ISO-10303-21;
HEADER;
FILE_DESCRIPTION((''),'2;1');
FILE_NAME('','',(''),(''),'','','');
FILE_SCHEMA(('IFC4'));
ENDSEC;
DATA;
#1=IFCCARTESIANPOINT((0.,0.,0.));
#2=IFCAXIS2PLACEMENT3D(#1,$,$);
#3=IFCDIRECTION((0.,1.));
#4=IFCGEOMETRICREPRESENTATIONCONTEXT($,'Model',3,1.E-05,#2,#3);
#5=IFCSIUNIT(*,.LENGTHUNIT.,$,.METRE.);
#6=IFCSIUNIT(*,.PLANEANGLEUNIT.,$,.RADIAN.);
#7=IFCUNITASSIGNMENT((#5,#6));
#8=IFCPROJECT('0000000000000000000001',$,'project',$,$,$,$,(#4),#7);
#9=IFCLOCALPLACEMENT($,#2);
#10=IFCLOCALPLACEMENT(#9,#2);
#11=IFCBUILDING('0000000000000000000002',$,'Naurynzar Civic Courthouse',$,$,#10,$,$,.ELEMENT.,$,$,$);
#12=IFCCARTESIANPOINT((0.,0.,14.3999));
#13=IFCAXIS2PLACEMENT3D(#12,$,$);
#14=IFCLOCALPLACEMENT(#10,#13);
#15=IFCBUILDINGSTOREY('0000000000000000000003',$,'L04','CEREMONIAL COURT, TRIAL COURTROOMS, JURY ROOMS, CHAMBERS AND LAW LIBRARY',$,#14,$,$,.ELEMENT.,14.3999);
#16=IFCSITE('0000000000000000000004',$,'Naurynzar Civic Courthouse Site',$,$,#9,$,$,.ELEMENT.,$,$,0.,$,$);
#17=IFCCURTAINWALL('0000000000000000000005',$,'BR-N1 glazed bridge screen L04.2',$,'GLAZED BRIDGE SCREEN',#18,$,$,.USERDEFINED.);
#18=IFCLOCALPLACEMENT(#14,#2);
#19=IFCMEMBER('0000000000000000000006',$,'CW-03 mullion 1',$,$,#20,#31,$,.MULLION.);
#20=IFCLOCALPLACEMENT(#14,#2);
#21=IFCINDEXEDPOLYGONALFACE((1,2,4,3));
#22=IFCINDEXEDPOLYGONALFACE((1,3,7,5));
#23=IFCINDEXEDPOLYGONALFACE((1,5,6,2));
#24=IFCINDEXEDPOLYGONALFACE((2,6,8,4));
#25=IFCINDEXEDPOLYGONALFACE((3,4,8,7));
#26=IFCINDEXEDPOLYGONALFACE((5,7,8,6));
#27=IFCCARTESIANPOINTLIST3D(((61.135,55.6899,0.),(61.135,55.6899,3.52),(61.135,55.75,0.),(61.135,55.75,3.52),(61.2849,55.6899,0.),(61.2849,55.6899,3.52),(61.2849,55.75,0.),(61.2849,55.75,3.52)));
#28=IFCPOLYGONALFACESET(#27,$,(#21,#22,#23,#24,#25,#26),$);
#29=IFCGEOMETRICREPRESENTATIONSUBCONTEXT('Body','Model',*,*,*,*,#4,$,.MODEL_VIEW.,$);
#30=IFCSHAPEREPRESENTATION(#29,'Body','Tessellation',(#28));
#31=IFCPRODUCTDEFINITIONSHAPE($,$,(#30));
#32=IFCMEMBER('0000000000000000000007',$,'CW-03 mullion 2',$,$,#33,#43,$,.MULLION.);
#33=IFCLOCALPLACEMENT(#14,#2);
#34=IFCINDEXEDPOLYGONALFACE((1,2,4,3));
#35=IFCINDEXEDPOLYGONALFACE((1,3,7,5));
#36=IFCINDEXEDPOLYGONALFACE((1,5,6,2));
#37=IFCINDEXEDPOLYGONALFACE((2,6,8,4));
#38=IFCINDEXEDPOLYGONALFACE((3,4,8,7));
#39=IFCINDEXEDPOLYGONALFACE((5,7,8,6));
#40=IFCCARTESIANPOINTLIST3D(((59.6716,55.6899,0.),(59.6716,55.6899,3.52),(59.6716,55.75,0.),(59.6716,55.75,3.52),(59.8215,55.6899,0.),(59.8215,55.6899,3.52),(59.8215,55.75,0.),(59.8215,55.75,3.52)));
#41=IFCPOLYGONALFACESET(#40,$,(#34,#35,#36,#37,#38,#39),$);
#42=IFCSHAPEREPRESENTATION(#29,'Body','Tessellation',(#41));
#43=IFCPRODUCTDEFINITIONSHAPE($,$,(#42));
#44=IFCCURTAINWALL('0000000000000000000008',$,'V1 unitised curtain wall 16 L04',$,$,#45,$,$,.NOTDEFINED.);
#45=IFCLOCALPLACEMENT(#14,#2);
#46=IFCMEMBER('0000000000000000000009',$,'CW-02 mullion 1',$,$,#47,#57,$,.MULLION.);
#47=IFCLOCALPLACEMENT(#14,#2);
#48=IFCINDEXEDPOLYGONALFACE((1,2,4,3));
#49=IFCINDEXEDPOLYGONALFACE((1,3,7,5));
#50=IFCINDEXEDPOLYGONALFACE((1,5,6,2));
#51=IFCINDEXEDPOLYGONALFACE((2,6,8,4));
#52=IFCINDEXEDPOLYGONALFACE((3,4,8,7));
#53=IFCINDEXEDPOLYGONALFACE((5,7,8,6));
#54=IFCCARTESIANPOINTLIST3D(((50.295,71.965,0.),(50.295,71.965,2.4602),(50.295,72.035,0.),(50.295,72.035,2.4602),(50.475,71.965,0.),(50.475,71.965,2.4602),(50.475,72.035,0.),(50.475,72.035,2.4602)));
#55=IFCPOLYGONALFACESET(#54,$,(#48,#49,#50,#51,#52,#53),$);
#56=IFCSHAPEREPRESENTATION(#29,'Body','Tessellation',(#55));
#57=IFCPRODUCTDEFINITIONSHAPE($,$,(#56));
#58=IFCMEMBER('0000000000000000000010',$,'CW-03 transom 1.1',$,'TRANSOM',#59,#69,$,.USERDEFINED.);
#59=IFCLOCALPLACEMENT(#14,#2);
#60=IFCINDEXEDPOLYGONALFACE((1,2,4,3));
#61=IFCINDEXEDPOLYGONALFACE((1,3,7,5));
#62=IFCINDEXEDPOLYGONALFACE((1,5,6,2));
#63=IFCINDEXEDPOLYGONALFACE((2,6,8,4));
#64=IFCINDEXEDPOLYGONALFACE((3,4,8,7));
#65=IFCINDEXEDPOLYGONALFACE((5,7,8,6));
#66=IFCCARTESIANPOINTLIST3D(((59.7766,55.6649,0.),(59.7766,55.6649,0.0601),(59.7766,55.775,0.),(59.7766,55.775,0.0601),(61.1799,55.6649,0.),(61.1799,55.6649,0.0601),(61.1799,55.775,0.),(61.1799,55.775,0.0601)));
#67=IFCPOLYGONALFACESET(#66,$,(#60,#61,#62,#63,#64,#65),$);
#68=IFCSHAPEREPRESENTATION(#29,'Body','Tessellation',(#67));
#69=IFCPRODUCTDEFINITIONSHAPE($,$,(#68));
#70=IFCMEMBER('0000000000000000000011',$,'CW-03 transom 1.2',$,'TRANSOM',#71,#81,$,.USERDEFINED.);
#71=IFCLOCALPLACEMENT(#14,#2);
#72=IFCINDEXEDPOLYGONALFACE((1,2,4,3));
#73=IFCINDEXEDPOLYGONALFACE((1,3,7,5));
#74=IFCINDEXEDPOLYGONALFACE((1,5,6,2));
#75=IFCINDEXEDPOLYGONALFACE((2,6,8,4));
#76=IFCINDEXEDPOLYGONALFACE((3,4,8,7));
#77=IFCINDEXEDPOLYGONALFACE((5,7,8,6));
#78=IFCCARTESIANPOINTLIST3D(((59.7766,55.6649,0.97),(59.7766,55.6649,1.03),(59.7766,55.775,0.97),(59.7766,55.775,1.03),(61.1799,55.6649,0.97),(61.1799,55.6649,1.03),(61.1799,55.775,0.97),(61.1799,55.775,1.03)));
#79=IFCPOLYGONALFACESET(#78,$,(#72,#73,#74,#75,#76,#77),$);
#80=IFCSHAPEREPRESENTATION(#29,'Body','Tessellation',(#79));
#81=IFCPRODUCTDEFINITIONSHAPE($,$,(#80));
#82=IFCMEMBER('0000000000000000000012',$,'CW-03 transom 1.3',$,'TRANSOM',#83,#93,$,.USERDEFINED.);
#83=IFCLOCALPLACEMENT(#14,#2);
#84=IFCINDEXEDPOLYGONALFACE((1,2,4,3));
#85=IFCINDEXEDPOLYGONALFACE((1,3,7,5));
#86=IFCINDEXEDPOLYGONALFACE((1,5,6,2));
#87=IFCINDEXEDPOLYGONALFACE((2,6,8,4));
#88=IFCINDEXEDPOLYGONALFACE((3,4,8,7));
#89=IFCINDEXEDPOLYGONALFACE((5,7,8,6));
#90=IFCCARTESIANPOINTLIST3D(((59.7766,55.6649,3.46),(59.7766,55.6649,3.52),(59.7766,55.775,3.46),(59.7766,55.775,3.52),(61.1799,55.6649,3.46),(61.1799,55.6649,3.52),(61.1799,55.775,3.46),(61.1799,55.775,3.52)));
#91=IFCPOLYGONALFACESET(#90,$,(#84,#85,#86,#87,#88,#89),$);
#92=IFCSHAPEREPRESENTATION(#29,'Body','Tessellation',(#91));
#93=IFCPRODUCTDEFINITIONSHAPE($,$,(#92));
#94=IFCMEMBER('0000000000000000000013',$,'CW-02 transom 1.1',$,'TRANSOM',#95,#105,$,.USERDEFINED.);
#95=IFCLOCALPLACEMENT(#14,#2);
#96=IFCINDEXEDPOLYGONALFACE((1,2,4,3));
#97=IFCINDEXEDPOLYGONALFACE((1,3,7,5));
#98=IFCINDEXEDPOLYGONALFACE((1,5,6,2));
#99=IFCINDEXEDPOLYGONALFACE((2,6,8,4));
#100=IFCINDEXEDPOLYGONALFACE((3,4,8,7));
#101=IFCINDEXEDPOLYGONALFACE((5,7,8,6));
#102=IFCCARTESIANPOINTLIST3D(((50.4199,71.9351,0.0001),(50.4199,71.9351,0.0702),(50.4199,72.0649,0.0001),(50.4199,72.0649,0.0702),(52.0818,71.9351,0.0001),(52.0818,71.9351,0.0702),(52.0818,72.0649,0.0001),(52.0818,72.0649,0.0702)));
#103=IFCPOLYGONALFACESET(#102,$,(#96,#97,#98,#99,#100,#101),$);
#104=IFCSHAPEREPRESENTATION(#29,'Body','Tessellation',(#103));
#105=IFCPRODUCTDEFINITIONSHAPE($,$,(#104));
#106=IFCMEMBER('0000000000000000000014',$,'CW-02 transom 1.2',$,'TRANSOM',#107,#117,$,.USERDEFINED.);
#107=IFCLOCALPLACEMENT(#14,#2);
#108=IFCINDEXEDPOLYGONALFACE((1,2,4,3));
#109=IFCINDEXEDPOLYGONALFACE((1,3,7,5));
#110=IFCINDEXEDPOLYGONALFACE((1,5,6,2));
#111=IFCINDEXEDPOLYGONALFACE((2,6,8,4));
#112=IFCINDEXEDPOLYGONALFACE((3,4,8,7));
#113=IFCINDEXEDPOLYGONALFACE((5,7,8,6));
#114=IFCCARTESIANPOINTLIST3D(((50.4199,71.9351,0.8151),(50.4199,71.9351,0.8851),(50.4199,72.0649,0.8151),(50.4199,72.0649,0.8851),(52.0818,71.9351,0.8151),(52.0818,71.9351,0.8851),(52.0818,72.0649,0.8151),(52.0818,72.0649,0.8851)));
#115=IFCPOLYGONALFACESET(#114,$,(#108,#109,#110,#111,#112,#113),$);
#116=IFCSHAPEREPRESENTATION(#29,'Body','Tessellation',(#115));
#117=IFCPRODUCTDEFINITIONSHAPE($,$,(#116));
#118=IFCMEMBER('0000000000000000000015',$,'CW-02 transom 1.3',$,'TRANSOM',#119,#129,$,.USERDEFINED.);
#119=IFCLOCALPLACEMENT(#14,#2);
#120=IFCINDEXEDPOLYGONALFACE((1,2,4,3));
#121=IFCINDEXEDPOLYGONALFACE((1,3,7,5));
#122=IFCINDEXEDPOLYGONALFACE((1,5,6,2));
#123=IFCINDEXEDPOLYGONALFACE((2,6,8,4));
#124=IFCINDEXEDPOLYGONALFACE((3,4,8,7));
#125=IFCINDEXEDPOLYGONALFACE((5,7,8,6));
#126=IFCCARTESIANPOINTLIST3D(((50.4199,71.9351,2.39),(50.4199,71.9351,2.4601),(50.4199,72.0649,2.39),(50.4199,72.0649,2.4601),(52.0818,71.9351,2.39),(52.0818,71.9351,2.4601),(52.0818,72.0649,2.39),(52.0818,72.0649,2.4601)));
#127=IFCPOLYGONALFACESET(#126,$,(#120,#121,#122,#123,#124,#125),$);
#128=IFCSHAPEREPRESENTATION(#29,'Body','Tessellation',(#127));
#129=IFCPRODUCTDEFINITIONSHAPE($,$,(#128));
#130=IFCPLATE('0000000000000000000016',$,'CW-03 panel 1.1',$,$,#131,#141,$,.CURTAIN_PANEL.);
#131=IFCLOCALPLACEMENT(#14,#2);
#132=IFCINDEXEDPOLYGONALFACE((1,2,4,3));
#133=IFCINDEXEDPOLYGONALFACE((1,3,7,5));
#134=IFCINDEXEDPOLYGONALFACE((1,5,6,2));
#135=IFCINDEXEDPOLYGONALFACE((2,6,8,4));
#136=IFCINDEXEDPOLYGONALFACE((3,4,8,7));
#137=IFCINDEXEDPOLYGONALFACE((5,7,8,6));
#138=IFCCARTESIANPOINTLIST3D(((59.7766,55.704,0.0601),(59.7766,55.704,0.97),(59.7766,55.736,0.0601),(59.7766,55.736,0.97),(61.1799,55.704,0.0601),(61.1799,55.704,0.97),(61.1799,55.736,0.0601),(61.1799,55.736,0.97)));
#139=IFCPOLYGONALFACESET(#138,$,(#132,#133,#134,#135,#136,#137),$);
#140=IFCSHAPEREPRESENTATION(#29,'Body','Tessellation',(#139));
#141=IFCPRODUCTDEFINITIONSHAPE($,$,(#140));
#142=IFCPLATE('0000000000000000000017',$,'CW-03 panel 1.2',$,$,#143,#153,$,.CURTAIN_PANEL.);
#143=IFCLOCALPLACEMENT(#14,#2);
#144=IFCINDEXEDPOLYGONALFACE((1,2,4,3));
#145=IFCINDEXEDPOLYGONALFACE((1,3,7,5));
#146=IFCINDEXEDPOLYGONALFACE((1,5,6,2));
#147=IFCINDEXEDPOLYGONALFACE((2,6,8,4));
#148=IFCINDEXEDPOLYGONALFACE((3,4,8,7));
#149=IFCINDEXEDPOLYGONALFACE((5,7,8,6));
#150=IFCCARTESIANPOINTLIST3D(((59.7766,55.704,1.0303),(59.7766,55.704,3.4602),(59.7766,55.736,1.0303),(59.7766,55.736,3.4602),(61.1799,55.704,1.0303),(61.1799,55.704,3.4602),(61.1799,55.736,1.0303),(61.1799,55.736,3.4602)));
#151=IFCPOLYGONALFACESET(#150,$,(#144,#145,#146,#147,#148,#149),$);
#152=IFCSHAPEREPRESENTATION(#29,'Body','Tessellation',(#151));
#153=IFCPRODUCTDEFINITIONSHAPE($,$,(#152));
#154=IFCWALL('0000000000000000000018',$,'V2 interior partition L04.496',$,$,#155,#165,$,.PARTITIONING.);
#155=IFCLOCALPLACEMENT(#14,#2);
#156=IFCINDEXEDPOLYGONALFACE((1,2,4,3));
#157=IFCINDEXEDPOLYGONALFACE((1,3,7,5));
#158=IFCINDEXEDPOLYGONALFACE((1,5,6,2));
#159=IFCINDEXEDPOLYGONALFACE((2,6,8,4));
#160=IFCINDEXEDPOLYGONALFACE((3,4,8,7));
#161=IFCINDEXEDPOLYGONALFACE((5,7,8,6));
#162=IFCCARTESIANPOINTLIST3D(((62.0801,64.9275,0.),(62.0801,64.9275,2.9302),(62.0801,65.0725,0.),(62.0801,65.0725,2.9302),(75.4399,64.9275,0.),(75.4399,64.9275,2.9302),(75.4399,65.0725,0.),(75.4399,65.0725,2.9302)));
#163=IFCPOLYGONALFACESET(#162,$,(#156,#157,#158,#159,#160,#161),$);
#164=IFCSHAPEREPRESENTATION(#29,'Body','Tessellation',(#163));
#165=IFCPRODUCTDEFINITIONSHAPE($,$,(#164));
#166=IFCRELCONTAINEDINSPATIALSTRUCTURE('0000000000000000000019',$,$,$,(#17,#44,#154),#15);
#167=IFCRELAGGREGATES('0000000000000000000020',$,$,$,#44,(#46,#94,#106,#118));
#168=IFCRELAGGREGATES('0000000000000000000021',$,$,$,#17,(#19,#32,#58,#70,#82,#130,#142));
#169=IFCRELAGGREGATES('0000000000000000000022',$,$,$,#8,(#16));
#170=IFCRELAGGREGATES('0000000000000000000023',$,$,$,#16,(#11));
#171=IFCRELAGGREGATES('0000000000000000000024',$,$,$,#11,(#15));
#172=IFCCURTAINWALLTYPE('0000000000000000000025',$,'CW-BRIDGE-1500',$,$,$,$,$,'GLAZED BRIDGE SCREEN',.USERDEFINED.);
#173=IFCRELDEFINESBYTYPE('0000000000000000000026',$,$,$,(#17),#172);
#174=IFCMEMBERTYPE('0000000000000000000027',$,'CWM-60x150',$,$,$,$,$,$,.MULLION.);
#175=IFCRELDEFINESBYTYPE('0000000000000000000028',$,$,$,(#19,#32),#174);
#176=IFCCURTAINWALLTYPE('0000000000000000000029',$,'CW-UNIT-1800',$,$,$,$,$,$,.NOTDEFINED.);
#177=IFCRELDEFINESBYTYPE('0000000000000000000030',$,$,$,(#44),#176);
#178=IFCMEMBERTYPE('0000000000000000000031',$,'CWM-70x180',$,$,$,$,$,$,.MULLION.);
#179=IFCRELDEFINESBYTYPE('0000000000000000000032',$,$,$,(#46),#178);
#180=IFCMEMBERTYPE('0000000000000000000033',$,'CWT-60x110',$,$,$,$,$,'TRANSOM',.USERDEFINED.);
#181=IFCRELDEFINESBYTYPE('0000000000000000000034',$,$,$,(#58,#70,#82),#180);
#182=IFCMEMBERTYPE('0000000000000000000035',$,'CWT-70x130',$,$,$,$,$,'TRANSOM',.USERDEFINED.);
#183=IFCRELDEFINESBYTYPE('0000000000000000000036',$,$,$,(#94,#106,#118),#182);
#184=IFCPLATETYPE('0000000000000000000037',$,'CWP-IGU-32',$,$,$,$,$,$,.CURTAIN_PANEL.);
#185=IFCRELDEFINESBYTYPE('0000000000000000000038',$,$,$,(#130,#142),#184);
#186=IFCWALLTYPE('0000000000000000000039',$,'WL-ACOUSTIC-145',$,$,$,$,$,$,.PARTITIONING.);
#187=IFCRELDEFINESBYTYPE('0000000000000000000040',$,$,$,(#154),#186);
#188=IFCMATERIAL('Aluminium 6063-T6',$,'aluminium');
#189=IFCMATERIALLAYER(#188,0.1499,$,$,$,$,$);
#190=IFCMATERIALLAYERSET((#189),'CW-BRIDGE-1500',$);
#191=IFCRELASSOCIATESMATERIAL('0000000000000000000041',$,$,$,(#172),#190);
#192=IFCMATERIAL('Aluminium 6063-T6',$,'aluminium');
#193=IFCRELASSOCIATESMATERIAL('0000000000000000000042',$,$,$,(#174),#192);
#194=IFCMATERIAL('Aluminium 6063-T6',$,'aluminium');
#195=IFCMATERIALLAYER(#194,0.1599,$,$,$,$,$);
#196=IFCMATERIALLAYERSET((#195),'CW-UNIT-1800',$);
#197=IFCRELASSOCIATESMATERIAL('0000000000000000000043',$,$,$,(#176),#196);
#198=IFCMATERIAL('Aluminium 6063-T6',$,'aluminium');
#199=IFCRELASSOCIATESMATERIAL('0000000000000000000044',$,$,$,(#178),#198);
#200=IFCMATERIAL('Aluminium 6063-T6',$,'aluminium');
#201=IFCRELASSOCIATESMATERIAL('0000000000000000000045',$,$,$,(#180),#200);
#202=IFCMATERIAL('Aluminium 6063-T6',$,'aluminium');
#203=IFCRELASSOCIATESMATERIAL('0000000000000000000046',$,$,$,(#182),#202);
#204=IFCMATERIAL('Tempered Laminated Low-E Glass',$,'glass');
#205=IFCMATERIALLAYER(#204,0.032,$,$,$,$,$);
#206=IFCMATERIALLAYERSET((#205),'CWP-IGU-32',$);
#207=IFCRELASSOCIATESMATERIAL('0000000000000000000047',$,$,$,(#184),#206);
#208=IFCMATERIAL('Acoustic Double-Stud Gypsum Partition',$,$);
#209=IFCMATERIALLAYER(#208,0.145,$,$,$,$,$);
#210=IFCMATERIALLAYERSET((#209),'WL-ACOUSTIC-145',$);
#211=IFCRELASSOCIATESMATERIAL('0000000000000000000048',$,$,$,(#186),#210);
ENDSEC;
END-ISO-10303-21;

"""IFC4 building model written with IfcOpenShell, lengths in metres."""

from ifc_helpers import new_model, si_unit, direction, frame, frame_2d, origin, origin_2d, place, context, subcontext, project, spatial, rectangle, extrude, material, layer, layer_set, material_profile, profile_set, type_object, element, aggregate, save


model = new_model("IFC4")

# Units and contexts
model_context = context("Model", 3, precision=1e-05, world=origin(), true_north=direction((0.0, 1.0)))
body_context = subcontext(model_context, "Body", "Model", "MODEL_VIEW")
ifc_project = project(units=[si_unit("LENGTHUNIT", "METRE"), si_unit("PLANEANGLEUNIT", "RADIAN")], contexts=[model_context])

# Site, building, storey
site_placement = place(None, origin())
site = spatial("IfcSite", under=ifc_project, at=site_placement, Name="Naurynzar Civic Courthouse Site", CompositionType="ELEMENT", RefElevation=0.0)
building_placement = place(site_placement, origin())
building = spatial("IfcBuilding", under=site, at=building_placement, Name="Naurynzar Civic Courthouse", CompositionType="ELEMENT")
storey_placement = place(building_placement, frame((0.0, 0.0, 14.3999)))
storey = spatial("IfcBuildingStorey", under=building, at=storey_placement, Name="L04", Description="CEREMONIAL COURT, TRIAL COURTROOMS, JURY ROOMS, CHAMBERS AND LAW LIBRARY", CompositionType="ELEMENT", Elevation=14.3999)

# Curtain wall, members
ifc_material_1 = material(Name="Aluminium 6063-T6", Category="aluminium")
ifc_layer_1 = layer(ifc_material_1, 0.1499)
ifc_layer_set_1 = layer_set([ifc_layer_1], Name="CW-BRIDGE-1500")
curtain_wall_type_1 = type_object("IfcCurtainWallType", Name="CW-BRIDGE-1500", ElementType="GLAZED BRIDGE SCREEN", PredefinedType="USERDEFINED", material=ifc_layer_set_1)
curtain_wall_1_placement = place(storey_placement, origin())
curtain_wall_1 = element("IfcCurtainWall", 1, at=curtain_wall_1_placement, inside=storey, type_object=curtain_wall_type_1, Name="BR-N1 glazed bridge screen L04.2", ObjectType="GLAZED BRIDGE SCREEN", PredefinedType="USERDEFINED")
ifc_material_2 = material(Name="Aluminium 6063-T6", Category="aluminium")
ifc_material_profile_1 = material_profile(ifc_material_2, rectangle(XDim=0.0601, YDim=0.1499, at=origin_2d()), Name="ALU MULLION 60x150")
ifc_profile_set_1 = profile_set([ifc_material_profile_1], Name="Aluminium 6063-T6")
member_type_1 = type_object("IfcMemberType", Name="CWM-60x150", PredefinedType="MULLION", material=ifc_profile_set_1)
member_1_placement = place(storey_placement, frame((61.21, 55.72, 0.0), z_axis=(0.0, 0.0, 1.0), x_axis=(0.0, -1.0, 0.0)))
member_1 = element("IfcMember", 2, at=member_1_placement, type_object=member_type_1, Name="CW-03 mullion 1", PredefinedType="MULLION", context=body_context, shape_type="SweptSolid", body=[
    extrude(rectangle(XDim=0.0601, YDim=0.1499, at=origin_2d()), origin(), (0.0, 0.0, 1.0), 3.52),
])
member_2_placement = place(storey_placement, frame((59.7466, 55.72, 0.0), z_axis=(0.0, 0.0, 1.0), x_axis=(0.0, -1.0, 0.0)))
member_2 = element("IfcMember", 3, at=member_2_placement, type_object=member_type_1, Name="CW-03 mullion 2", PredefinedType="MULLION", context=body_context, shape_type="SweptSolid", body=[
    extrude(rectangle(XDim=0.0601, YDim=0.1499, at=origin_2d()), origin(), (0.0, 0.0, 1.0), 3.52),
])

# Curtain wall, member
ifc_material_3 = material(Name="Aluminium 6063-T6", Category="aluminium")
ifc_layer_2 = layer(ifc_material_3, 0.1599)
ifc_layer_set_2 = layer_set([ifc_layer_2], Name="CW-UNIT-1800")
curtain_wall_type_2 = type_object("IfcCurtainWallType", Name="CW-UNIT-1800", PredefinedType="NOTDEFINED", material=ifc_layer_set_2)
curtain_wall_2_placement = place(storey_placement, origin())
curtain_wall_2 = element("IfcCurtainWall", 4, at=curtain_wall_2_placement, inside=storey, type_object=curtain_wall_type_2, Name="V1 unitised curtain wall 16 L04", PredefinedType="NOTDEFINED")
ifc_material_4 = material(Name="Aluminium 6063-T6", Category="aluminium")
ifc_material_profile_2 = material_profile(ifc_material_4, rectangle(XDim=0.0701, YDim=0.1799, at=origin_2d()), Name="ALU MULLION 70x180")
ifc_profile_set_2 = profile_set([ifc_material_profile_2], Name="Aluminium 6063-T6")
member_type_2 = type_object("IfcMemberType", Name="CWM-70x180", PredefinedType="MULLION", material=ifc_profile_set_2)
member_3_placement = place(storey_placement, frame((50.385, 72.0, 0.0), z_axis=(0.0, 0.0, 1.0), x_axis=(0.0, 1.0, 0.0)))
member_3 = element("IfcMember", 5, at=member_3_placement, type_object=member_type_2, Name="CW-02 mullion 1", PredefinedType="MULLION", context=body_context, shape_type="SweptSolid", body=[
    extrude(rectangle(XDim=0.0701, YDim=0.1799, at=origin_2d()), origin(), (0.0, 0.0, 1.0), 2.4602),
])

# Members
ifc_material_5 = material(Name="Aluminium 6063-T6", Category="aluminium")
ifc_material_profile_3 = material_profile(ifc_material_5, rectangle(XDim=0.1101, YDim=0.0601, at=origin_2d()), Name="ALU TRANSOM 60x110")
ifc_profile_set_3 = profile_set([ifc_material_profile_3], Name="Aluminium 6063-T6")
member_type_3 = type_object("IfcMemberType", Name="CWT-60x110", ElementType="TRANSOM", PredefinedType="USERDEFINED", material=ifc_profile_set_3)
member_4_placement = place(storey_placement, frame((61.1799, 55.72, 0.03), z_axis=(-1.0, 0.0, 0.0), x_axis=(0.0, -1.0, 0.0)))
member_4 = element("IfcMember", 6, at=member_4_placement, type_object=member_type_3, Name="CW-03 transom 1.1", ObjectType="TRANSOM", PredefinedType="USERDEFINED", context=body_context, shape_type="SweptSolid", body=[
    extrude(rectangle(XDim=0.1101, YDim=0.0601, at=origin_2d()), origin(), (0.0, 0.0, 1.0), 1.4033),
])
member_5_placement = place(storey_placement, frame((61.1799, 55.72, 1.0), z_axis=(-1.0, 0.0, 0.0), x_axis=(0.0, -1.0, 0.0)))
member_5 = element("IfcMember", 7, at=member_5_placement, type_object=member_type_3, Name="CW-03 transom 1.2", ObjectType="TRANSOM", PredefinedType="USERDEFINED", context=body_context, shape_type="SweptSolid", body=[
    extrude(rectangle(XDim=0.1101, YDim=0.0601, at=origin_2d()), origin(), (0.0, 0.0, 1.0), 1.4033),
])
member_6_placement = place(storey_placement, frame((61.1799, 55.72, 3.49), z_axis=(-1.0, 0.0, 0.0), x_axis=(0.0, -1.0, 0.0)))
member_6 = element("IfcMember", 8, at=member_6_placement, type_object=member_type_3, Name="CW-03 transom 1.3", ObjectType="TRANSOM", PredefinedType="USERDEFINED", context=body_context, shape_type="SweptSolid", body=[
    extrude(rectangle(XDim=0.1101, YDim=0.0601, at=origin_2d()), origin(), (0.0, 0.0, 1.0), 1.4033),
])
ifc_material_6 = material(Name="Aluminium 6063-T6", Category="aluminium")
ifc_material_profile_4 = material_profile(ifc_material_6, rectangle(XDim=0.1299, YDim=0.0701, at=origin_2d()), Name="ALU TRANSOM 70x130")
ifc_profile_set_4 = profile_set([ifc_material_profile_4], Name="Aluminium 6063-T6")
member_type_4 = type_object("IfcMemberType", Name="CWT-70x130", ElementType="TRANSOM", PredefinedType="USERDEFINED", material=ifc_profile_set_4)
member_7_placement = place(storey_placement, frame((50.4199, 72.0, 0.0352), z_axis=(1.0, 0.0, 0.0), x_axis=(0.0, 1.0, 0.0)))
member_7 = element("IfcMember", 9, at=member_7_placement, type_object=member_type_4, Name="CW-02 transom 1.1", ObjectType="TRANSOM", PredefinedType="USERDEFINED", context=body_context, shape_type="SweptSolid", body=[
    extrude(rectangle(XDim=0.1299, YDim=0.0701, at=origin_2d()), origin(), (0.0, 0.0, 1.0), 1.6619),
])
member_8_placement = place(storey_placement, frame((50.4199, 72.0, 0.8501), z_axis=(1.0, 0.0, 0.0), x_axis=(0.0, 1.0, 0.0)))
member_8 = element("IfcMember", 10, at=member_8_placement, type_object=member_type_4, Name="CW-02 transom 1.2", ObjectType="TRANSOM", PredefinedType="USERDEFINED", context=body_context, shape_type="SweptSolid", body=[
    extrude(rectangle(XDim=0.1299, YDim=0.0701, at=origin_2d()), origin(), (0.0, 0.0, 1.0), 1.6619),
])
member_9_placement = place(storey_placement, frame((50.4199, 72.0, 2.425), z_axis=(1.0, 0.0, 0.0), x_axis=(0.0, 1.0, 0.0)))
member_9 = element("IfcMember", 11, at=member_9_placement, type_object=member_type_4, Name="CW-02 transom 1.3", ObjectType="TRANSOM", PredefinedType="USERDEFINED", context=body_context, shape_type="SweptSolid", body=[
    extrude(rectangle(XDim=0.1299, YDim=0.0701, at=origin_2d()), origin(), (0.0, 0.0, 1.0), 1.6619),
])
aggregate(curtain_wall_2, [member_3, member_7, member_8, member_9])

# Plates
ifc_material_7 = material(Name="Tempered Laminated Low-E Glass", Category="glass")
ifc_layer_3 = layer(ifc_material_7, 0.032)
ifc_layer_set_3 = layer_set([ifc_layer_3], Name="CWP-IGU-32")
plate_type = type_object("IfcPlateType", Name="CWP-IGU-32", PredefinedType="CURTAIN_PANEL", material=ifc_layer_set_3)
plate_1_placement = place(storey_placement, frame((60.4783, 55.72, 0.0601), z_axis=(0.0, 0.0, 1.0), x_axis=(-1.0, 0.0, 0.0)))
plate_1 = element("IfcPlate", 12, at=plate_1_placement, type_object=plate_type, Name="CW-03 panel 1.1", PredefinedType="CURTAIN_PANEL", context=body_context, shape_type="SweptSolid", body=[
    extrude(rectangle(XDim=1.4033, YDim=0.032, at=origin_2d()), origin(), (0.0, 0.0, 1.0), 0.9099),
])
plate_2_placement = place(storey_placement, frame((60.4783, 55.72, 1.0303), z_axis=(0.0, 0.0, 1.0), x_axis=(-1.0, 0.0, 0.0)))
plate_2 = element("IfcPlate", 13, at=plate_2_placement, type_object=plate_type, Name="CW-03 panel 1.2", PredefinedType="CURTAIN_PANEL", context=body_context, shape_type="SweptSolid", body=[
    extrude(rectangle(XDim=1.4033, YDim=0.032, at=origin_2d()), origin(), (0.0, 0.0, 1.0), 2.4299),
])
aggregate(curtain_wall_1, [member_1, member_2, member_4, member_5, member_6, plate_1, plate_2])

# Wall
ifc_material_8 = material(Name="Acoustic Double-Stud Gypsum Partition")
ifc_layer_4 = layer(ifc_material_8, 0.145)
ifc_layer_set_4 = layer_set([ifc_layer_4], Name="WL-ACOUSTIC-145")
wall_type_1 = type_object("IfcWallType", Name="WL-ACOUSTIC-145", PredefinedType="PARTITIONING", material=ifc_layer_set_4)
wall_1_placement = place(storey_placement, frame((62.0801, 65.0, 0.0), z_axis=(0.0, 0.0, 1.0), x_axis=(1.0, 0.0, 0.0)))
element("IfcWall", 14, at=wall_1_placement, inside=storey, type_object=wall_type_1, Name="V2 interior partition L04.496", PredefinedType="PARTITIONING", context=body_context, shape_type="SweptSolid", body=[
    extrude(rectangle(XDim=13.3599, YDim=0.145, at=frame_2d((6.6799, 0.0))), origin(), (0.0, 0.0, 1.0), 2.9302),
])

save(model, "model.ifc")
